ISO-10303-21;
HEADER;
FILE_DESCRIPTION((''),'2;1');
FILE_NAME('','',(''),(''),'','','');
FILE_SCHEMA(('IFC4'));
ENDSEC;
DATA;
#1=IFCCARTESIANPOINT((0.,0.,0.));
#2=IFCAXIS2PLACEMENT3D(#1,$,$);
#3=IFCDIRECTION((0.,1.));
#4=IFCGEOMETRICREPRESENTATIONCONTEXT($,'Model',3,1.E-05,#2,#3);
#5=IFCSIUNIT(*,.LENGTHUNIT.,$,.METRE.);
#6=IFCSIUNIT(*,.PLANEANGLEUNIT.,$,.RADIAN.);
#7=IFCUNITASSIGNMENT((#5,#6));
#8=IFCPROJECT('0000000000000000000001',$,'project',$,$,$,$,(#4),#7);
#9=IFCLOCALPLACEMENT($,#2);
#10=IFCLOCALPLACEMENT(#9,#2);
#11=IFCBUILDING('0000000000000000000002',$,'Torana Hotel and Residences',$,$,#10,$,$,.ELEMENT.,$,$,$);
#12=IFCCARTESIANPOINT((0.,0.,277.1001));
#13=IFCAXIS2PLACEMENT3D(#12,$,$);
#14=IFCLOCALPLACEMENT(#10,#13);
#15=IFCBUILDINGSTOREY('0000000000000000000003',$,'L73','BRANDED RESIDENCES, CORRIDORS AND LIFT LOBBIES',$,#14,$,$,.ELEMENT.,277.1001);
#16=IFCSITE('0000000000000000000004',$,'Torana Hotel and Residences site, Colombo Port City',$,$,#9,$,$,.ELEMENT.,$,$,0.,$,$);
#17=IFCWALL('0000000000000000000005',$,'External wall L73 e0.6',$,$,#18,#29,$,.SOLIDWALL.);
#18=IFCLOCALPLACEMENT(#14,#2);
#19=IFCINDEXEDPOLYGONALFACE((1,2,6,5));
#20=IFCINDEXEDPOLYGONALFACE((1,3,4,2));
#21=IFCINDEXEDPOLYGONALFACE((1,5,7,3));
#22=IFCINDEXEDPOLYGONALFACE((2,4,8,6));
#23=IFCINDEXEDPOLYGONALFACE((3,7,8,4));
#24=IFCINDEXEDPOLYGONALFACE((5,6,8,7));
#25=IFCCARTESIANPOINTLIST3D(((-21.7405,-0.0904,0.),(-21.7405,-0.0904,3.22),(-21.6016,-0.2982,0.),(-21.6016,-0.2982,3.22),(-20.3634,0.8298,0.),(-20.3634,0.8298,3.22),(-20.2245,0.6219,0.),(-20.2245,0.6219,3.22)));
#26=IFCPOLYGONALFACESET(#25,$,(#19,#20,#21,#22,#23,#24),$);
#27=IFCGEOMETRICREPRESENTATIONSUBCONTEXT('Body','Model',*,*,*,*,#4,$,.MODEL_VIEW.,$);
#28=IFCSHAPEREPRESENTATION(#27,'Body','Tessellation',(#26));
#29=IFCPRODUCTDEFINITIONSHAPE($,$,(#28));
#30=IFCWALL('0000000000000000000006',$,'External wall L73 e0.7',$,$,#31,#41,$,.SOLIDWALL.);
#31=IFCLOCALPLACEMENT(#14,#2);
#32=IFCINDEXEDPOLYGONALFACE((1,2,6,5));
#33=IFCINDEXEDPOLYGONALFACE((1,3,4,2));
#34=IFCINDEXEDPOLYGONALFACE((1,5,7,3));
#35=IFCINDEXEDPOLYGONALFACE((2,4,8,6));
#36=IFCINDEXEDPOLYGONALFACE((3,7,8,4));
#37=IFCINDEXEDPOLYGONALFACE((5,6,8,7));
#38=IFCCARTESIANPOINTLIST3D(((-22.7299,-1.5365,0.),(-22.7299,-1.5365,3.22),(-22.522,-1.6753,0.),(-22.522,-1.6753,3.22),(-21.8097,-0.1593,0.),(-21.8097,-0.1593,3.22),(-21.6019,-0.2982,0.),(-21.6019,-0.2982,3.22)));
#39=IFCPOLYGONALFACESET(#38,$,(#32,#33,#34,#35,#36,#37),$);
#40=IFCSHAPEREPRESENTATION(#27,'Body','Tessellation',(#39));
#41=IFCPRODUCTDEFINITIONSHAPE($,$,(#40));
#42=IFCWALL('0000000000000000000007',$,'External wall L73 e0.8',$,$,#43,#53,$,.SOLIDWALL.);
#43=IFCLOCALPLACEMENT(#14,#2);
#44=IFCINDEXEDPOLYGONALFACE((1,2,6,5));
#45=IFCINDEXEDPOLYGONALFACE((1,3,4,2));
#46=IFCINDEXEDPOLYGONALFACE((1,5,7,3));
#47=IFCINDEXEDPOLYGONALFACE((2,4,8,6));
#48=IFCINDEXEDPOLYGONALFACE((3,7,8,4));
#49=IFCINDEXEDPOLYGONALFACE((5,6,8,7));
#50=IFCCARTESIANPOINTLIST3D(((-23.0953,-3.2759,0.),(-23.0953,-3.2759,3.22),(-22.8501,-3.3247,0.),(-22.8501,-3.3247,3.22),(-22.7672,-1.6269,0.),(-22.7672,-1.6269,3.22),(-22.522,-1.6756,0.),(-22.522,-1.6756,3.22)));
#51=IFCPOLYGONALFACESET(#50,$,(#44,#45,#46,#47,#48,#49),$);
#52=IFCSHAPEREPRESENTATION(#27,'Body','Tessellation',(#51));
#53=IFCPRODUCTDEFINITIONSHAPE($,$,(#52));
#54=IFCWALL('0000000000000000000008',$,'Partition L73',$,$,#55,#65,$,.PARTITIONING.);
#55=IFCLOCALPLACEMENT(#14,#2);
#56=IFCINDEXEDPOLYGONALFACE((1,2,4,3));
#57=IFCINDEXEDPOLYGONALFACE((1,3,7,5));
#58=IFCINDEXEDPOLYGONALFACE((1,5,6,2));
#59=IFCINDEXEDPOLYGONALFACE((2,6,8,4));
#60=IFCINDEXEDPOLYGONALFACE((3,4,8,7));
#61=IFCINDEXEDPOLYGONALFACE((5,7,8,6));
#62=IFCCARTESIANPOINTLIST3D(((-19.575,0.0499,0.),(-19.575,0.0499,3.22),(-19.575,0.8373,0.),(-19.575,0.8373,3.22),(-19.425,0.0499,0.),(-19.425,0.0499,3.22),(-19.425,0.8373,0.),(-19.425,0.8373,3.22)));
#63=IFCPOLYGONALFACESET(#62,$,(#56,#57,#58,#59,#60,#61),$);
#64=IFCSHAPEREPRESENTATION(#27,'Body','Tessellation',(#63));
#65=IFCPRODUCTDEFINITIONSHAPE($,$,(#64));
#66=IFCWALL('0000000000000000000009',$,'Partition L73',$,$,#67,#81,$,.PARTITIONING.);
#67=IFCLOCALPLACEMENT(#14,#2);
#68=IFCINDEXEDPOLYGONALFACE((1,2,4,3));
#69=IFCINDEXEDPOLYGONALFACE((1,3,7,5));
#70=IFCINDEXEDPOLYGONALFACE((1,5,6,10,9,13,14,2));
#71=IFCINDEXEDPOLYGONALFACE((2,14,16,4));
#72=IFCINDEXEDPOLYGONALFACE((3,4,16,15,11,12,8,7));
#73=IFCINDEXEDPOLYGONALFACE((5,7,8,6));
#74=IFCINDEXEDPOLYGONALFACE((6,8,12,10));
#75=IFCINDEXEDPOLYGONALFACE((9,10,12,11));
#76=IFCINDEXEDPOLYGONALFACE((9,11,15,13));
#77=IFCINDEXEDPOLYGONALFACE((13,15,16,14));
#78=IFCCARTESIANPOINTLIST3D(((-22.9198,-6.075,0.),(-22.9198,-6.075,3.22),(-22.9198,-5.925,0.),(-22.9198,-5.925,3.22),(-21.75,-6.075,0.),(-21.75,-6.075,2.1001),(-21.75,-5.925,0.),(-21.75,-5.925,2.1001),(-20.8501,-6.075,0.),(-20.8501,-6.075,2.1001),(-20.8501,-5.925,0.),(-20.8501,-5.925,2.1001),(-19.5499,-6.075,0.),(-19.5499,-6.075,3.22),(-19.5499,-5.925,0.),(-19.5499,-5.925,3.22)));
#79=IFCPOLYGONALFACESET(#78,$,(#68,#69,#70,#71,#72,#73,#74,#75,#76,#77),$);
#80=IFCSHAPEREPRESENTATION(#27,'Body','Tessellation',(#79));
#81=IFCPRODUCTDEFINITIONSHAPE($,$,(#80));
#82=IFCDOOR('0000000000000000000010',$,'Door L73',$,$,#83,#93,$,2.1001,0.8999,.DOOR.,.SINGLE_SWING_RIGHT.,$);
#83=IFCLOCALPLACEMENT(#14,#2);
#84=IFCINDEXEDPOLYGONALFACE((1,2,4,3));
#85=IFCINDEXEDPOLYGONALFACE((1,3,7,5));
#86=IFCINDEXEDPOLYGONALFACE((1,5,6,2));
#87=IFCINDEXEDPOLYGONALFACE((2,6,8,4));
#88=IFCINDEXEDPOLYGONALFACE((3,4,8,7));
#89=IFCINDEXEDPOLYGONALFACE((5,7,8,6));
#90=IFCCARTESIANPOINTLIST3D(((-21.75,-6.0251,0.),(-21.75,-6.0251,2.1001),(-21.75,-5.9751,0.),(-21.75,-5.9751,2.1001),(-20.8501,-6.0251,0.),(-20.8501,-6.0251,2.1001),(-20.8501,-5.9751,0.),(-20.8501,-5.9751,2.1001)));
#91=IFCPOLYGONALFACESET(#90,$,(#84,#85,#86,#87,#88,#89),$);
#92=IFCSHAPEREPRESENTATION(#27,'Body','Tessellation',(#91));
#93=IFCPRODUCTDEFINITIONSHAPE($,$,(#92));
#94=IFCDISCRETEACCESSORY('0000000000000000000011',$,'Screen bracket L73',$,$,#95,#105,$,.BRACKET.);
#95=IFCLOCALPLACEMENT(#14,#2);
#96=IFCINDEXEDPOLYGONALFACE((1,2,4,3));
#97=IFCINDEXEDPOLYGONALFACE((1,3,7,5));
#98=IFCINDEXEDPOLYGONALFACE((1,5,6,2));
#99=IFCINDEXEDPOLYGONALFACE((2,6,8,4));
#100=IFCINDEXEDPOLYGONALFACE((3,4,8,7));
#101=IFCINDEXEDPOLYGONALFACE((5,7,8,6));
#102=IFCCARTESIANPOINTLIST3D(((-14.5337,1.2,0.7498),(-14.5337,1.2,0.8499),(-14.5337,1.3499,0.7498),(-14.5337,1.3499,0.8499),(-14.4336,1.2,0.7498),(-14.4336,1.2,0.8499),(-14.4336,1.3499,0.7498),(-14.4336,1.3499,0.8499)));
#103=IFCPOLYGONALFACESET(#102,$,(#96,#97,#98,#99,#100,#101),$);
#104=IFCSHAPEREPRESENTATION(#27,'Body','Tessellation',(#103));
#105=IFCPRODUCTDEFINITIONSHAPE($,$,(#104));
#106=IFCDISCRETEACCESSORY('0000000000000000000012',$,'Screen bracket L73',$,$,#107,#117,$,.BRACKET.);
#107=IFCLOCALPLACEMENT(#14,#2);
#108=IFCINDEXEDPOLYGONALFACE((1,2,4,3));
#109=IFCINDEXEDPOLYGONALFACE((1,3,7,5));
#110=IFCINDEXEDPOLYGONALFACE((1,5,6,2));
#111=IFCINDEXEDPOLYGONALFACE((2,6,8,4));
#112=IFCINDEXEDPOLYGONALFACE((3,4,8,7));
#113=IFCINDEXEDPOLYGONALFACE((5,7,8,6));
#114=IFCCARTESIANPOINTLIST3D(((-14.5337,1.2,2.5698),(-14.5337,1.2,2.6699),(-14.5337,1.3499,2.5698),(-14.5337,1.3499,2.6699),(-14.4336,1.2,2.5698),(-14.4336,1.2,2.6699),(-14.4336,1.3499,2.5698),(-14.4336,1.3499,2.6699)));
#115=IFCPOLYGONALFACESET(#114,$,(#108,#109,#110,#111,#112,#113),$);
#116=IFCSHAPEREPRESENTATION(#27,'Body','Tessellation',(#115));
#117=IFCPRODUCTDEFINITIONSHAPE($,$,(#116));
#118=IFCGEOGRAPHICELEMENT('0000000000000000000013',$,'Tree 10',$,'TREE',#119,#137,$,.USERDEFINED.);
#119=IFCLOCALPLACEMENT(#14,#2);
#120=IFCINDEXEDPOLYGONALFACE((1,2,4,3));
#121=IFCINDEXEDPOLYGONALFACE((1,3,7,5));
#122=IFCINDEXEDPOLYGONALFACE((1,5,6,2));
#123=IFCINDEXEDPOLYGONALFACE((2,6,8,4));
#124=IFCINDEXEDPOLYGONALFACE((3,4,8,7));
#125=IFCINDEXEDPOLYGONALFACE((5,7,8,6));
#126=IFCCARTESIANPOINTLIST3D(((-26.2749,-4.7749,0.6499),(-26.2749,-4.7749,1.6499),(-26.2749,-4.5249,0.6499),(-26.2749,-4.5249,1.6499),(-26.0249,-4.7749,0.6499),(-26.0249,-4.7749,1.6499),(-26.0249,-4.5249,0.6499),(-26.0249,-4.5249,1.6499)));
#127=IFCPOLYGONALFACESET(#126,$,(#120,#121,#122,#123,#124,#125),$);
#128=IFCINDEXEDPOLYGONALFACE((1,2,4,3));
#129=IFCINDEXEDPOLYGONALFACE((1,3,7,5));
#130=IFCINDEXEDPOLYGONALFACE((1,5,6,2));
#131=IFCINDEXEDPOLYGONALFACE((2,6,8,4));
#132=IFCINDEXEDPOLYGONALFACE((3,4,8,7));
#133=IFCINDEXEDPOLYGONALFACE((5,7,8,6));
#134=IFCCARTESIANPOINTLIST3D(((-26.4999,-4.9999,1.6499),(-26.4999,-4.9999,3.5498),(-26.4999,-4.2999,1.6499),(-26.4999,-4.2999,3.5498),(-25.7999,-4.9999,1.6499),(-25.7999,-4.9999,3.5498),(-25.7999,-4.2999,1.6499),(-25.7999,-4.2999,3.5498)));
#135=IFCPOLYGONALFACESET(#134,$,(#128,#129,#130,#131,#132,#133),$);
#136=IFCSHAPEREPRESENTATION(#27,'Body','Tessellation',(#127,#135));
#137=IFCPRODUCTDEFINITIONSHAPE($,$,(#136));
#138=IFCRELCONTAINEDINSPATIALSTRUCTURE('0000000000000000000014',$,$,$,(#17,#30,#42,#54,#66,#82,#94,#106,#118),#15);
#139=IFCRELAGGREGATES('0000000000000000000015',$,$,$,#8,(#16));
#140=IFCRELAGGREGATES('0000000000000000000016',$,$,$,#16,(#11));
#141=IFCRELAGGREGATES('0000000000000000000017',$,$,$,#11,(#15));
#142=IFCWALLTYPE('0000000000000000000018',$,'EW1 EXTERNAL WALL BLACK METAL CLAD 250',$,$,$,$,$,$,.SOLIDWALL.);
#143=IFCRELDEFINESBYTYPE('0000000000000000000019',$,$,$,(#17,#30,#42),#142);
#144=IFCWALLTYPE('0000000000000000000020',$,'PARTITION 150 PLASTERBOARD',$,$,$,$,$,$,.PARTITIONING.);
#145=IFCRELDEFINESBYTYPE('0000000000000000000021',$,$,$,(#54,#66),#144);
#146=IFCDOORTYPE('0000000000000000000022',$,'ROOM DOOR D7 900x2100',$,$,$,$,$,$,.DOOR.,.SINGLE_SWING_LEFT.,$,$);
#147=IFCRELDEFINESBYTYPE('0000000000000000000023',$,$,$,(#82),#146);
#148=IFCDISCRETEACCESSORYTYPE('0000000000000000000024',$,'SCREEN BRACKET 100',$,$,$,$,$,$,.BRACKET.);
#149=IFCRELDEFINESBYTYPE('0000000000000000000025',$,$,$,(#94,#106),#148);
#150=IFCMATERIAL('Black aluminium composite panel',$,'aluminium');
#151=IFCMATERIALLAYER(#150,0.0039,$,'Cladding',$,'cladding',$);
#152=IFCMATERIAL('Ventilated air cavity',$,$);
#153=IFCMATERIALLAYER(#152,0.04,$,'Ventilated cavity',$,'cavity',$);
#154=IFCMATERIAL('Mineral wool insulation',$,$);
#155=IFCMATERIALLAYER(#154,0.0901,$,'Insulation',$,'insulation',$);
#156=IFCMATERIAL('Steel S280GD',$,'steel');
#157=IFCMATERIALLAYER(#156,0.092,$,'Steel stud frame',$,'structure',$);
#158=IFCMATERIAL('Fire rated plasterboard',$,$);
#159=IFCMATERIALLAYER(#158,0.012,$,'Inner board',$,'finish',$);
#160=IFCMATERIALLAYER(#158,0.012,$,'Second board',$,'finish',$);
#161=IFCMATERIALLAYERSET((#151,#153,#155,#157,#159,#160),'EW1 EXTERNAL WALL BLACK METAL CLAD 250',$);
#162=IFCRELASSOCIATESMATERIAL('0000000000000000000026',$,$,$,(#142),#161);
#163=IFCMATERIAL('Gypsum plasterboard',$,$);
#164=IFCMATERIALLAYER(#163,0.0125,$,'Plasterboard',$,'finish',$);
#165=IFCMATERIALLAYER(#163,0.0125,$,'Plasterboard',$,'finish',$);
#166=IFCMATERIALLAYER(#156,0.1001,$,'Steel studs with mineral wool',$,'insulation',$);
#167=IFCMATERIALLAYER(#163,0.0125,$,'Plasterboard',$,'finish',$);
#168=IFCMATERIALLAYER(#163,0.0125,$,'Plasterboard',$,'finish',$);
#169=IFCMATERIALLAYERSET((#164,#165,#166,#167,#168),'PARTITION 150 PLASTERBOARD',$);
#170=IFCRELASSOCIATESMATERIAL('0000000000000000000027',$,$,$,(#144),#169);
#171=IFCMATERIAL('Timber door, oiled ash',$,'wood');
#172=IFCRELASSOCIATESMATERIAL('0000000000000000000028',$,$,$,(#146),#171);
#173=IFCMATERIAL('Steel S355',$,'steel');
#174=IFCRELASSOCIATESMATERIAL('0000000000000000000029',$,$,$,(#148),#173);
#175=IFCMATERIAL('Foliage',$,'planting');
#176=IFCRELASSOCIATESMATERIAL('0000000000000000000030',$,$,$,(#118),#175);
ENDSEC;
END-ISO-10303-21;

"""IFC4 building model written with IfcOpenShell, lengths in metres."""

from ifc_helpers import new_model, si_unit, direction, frame, frame_2d, origin, origin_2d, place, context, subcontext, project, spatial, rectangle, extrude, material, layer, layer_set, type_object, element, fill, save


model = new_model("IFC4")

# Units and contexts
model_context = context("Model", 3, precision=1e-05, world=origin(), true_north=direction((0.0, 1.0)))
body_context = subcontext(model_context, "Body", "Model", "MODEL_VIEW")
ifc_project = project(units=[si_unit("LENGTHUNIT", "METRE"), si_unit("PLANEANGLEUNIT", "RADIAN")], contexts=[model_context])

# Site, building, storey
site_placement = place(None, origin())
site = spatial("IfcSite", under=ifc_project, at=site_placement, Name="Torana Hotel and Residences site, Colombo Port City", CompositionType="ELEMENT", RefElevation=0.0)
building_placement = place(site_placement, origin())
building = spatial("IfcBuilding", under=site, at=building_placement, Name="Torana Hotel and Residences", CompositionType="ELEMENT")
storey_placement = place(building_placement, frame((0.0, 0.0, 277.1001)))
storey = spatial("IfcBuildingStorey", under=building, at=storey_placement, Name="L73", Description="BRANDED RESIDENCES, CORRIDORS AND LIFT LOBBIES", CompositionType="ELEMENT", Elevation=277.1001)

# Walls
ifc_material_1 = material(Name="Black aluminium composite panel", Category="aluminium")
ifc_layer_1 = layer(ifc_material_1, 0.0039, Name="Cladding", Category="cladding")
ifc_material_2 = material(Name="Ventilated air cavity")
ifc_layer_2 = layer(ifc_material_2, 0.04, Name="Ventilated cavity", Category="cavity")
ifc_material_3 = material(Name="Mineral wool insulation")
ifc_layer_3 = layer(ifc_material_3, 0.0901, Name="Insulation", Category="insulation")
ifc_material_4 = material(Name="Steel S280GD", Category="steel")
ifc_layer_4 = layer(ifc_material_4, 0.092, Name="Steel stud frame", Category="structure")
ifc_material_5 = material(Name="Fire rated plasterboard")
ifc_layer_5 = layer(ifc_material_5, 0.012, Name="Inner board", Category="finish")
ifc_layer_6 = layer(ifc_material_5, 0.012, Name="Second board", Category="finish")
ifc_layer_set_1 = layer_set([ifc_layer_1, ifc_layer_2, ifc_layer_3, ifc_layer_4, ifc_layer_5, ifc_layer_6], Name="EW1 EXTERNAL WALL BLACK METAL CLAD 250")
wall_type_1 = type_object("IfcWallType", Name="EW1 EXTERNAL WALL BLACK METAL CLAD 250", PredefinedType="SOLIDWALL", material=ifc_layer_set_1)
for number, where, z_axis, x_axis, name in (
    (1, (-20.2939, 0.7258, 0.0), (0.0, 0.0, 1.0), (-0.831483, -0.55555, 0.0), "External wall L73 e0.6"),
    (2, (-21.7058, -0.2288, 0.0), (0.0, 0.0, 1.0), (-0.55555, -0.831483, 0.0), "External wall L73 e0.7"),
):
    element("IfcWall", number, at=place(storey_placement, frame(where, z_axis=z_axis, x_axis=x_axis)), inside=storey, type_object=wall_type_1, Name=name, PredefinedType="SOLIDWALL", context=body_context, shape_type="SweptSolid", body=[
        extrude(rectangle(XDim=1.6562, YDim=0.25, at=frame_2d((0.8281, 0.0))), origin(), (0.0, 0.0, 1.0), 3.22),
    ])
wall_1_placement = place(storey_placement, frame((-22.6445, -1.6511, 0.0), z_axis=(0.0, 0.0, 1.0), x_axis=(-0.195139, -0.980776, 0.0)))
element("IfcWall", 3, at=wall_1_placement, inside=storey, type_object=wall_type_1, Name="External wall L73 e0.8", PredefinedType="SOLIDWALL", context=body_context, shape_type="SweptSolid", body=[
    extrude(rectangle(XDim=1.6814, YDim=0.25, at=frame_2d((0.8408, 0.0))), origin(), (0.0, 0.0, 1.0), 3.22),
])

# Wall
ifc_material_6 = material(Name="Gypsum plasterboard")
ifc_layer_7 = layer(ifc_material_6, 0.0125, Name="Plasterboard", Category="finish")
ifc_layer_8 = layer(ifc_material_6, 0.0125, Name="Plasterboard", Category="finish")
ifc_layer_9 = layer(ifc_material_4, 0.1001, Name="Steel studs with mineral wool", Category="insulation")
ifc_layer_10 = layer(ifc_material_6, 0.0125, Name="Plasterboard", Category="finish")
ifc_layer_11 = layer(ifc_material_6, 0.0125, Name="Plasterboard", Category="finish")
ifc_layer_set_2 = layer_set([ifc_layer_7, ifc_layer_8, ifc_layer_9, ifc_layer_10, ifc_layer_11], Name="PARTITION 150 PLASTERBOARD")
wall_type_2 = type_object("IfcWallType", Name="PARTITION 150 PLASTERBOARD", PredefinedType="PARTITIONING", material=ifc_layer_set_2)
wall_2_placement = place(storey_placement, frame((-19.5, 0.05, 0.0), z_axis=(0.0, 0.0, 1.0), x_axis=(0.0, 1.0, 0.0)))
element("IfcWall", 4, at=wall_2_placement, inside=storey, type_object=wall_type_2, Name="Partition L73", PredefinedType="PARTITIONING", context=body_context, shape_type="SweptSolid", body=[
    extrude(rectangle(XDim=0.7874, YDim=0.1499, at=frame_2d((0.3936, 0.0))), origin(), (0.0, 0.0, 1.0), 3.22),
])

# Wall, opening, door
wall_3_placement = place(storey_placement, frame((-22.9199, -6.0, 0.0), z_axis=(0.0, 0.0, 1.0), x_axis=(1.0, 0.0, 0.0)))
wall_3 = element("IfcWall", 5, at=wall_3_placement, inside=storey, type_object=wall_type_2, Name="Partition L73", PredefinedType="PARTITIONING", context=body_context, shape_type="SweptSolid", body=[
    extrude(rectangle(XDim=3.3699, YDim=0.1499, at=frame_2d((1.6851, 0.0))), origin(), (0.0, 0.0, 1.0), 3.22),
])
opening_1_placement = place(wall_3_placement, frame((1.1699, 0.0, 0.0)))
opening_1 = element("IfcOpeningElement", 6, at=opening_1_placement, cuts=wall_3, PredefinedType="OPENING", context=body_context, shape_type="SweptSolid", body=[
    extrude(rectangle(XDim=0.8999, YDim=2.1001, at=frame_2d((0.45, 1.05))), frame((0.0, 0.085, 0.0), z_axis=(0.0, -1.0, 0.0), x_axis=(1.0, 0.0, 0.0)), (0.0, 0.0, 1.0), 0.1699),
])
ifc_material_7 = material(Name="Timber door, oiled ash", Category="wood")
door_type_1 = type_object("IfcDoorType", Name="ROOM DOOR D7 900x2100", OperationType="SINGLE_SWING_LEFT", PredefinedType="DOOR", material=ifc_material_7)
door_1_placement = place(opening_1_placement, origin())
door_1 = element("IfcDoor", 7, at=door_1_placement, inside=storey, type_object=door_type_1, Name="Door L73", OperationType="SINGLE_SWING_RIGHT", OverallHeight=2.1001, OverallWidth=0.8999, PredefinedType="DOOR", context=body_context, shape_type="SweptSolid", body=[
    extrude(rectangle(XDim=0.8999, YDim=2.1001, at=frame_2d((0.45, 1.05))), frame((0.0, 0.0249, 0.0), z_axis=(0.0, -1.0, 0.0), x_axis=(1.0, 0.0, 0.0)), (0.0, 0.0, 1.0), 0.05),
])
fill(opening_1, door_1)

# Discrete accessories
ifc_material_8 = material(Name="Steel S355", Category="steel")
discrete_accessory_type = type_object("IfcDiscreteAccessoryType", Name="SCREEN BRACKET 100", PredefinedType="BRACKET", material=ifc_material_8)
for number, where, z_axis, x_axis, name in (
    (8, (-14.4836, 1.2749, 0.7498), (0.0, 0.0, 1.0), (-1.0, 0.0, 0.0), "Screen bracket L73"),
    (9, (-14.4836, 1.2749, 2.5698), (0.0, 0.0, 1.0), (-1.0, 0.0, 0.0), "Screen bracket L73"),
):
    element("IfcDiscreteAccessory", number, at=place(storey_placement, frame(where, z_axis=z_axis, x_axis=x_axis)), inside=storey, type_object=discrete_accessory_type, Name=name, PredefinedType="BRACKET", context=body_context, shape_type="SweptSolid", body=[
        extrude(rectangle(XDim=0.1001, YDim=0.1499, at=origin_2d()), origin(), (0.0, 0.0, 1.0), 0.1001),
    ])

# Geographic element
ifc_material_9 = material(Name="Foliage", Category="planting")
geographic_element_placement = place(storey_placement, frame((-26.1499, -4.6499, 0.6499), z_axis=(0.0, 0.0, 1.0), x_axis=(1.0, 0.0, 0.0)))
element("IfcGeographicElement", 10, at=geographic_element_placement, inside=storey, material=ifc_material_9, Name="Tree 10", ObjectType="TREE", PredefinedType="USERDEFINED", context=body_context, shape_type="SweptSolid", body=[
    extrude(rectangle(XDim=0.25, YDim=0.25, at=origin_2d()), origin(), (0.0, 0.0, 1.0), 1.0),
    extrude(rectangle(XDim=0.7, YDim=0.7, at=origin_2d()), frame((0.0, 0.0, 1.0)), (0.0, 0.0, 1.0), 1.8999),
])

save(model, "model.ifc")
